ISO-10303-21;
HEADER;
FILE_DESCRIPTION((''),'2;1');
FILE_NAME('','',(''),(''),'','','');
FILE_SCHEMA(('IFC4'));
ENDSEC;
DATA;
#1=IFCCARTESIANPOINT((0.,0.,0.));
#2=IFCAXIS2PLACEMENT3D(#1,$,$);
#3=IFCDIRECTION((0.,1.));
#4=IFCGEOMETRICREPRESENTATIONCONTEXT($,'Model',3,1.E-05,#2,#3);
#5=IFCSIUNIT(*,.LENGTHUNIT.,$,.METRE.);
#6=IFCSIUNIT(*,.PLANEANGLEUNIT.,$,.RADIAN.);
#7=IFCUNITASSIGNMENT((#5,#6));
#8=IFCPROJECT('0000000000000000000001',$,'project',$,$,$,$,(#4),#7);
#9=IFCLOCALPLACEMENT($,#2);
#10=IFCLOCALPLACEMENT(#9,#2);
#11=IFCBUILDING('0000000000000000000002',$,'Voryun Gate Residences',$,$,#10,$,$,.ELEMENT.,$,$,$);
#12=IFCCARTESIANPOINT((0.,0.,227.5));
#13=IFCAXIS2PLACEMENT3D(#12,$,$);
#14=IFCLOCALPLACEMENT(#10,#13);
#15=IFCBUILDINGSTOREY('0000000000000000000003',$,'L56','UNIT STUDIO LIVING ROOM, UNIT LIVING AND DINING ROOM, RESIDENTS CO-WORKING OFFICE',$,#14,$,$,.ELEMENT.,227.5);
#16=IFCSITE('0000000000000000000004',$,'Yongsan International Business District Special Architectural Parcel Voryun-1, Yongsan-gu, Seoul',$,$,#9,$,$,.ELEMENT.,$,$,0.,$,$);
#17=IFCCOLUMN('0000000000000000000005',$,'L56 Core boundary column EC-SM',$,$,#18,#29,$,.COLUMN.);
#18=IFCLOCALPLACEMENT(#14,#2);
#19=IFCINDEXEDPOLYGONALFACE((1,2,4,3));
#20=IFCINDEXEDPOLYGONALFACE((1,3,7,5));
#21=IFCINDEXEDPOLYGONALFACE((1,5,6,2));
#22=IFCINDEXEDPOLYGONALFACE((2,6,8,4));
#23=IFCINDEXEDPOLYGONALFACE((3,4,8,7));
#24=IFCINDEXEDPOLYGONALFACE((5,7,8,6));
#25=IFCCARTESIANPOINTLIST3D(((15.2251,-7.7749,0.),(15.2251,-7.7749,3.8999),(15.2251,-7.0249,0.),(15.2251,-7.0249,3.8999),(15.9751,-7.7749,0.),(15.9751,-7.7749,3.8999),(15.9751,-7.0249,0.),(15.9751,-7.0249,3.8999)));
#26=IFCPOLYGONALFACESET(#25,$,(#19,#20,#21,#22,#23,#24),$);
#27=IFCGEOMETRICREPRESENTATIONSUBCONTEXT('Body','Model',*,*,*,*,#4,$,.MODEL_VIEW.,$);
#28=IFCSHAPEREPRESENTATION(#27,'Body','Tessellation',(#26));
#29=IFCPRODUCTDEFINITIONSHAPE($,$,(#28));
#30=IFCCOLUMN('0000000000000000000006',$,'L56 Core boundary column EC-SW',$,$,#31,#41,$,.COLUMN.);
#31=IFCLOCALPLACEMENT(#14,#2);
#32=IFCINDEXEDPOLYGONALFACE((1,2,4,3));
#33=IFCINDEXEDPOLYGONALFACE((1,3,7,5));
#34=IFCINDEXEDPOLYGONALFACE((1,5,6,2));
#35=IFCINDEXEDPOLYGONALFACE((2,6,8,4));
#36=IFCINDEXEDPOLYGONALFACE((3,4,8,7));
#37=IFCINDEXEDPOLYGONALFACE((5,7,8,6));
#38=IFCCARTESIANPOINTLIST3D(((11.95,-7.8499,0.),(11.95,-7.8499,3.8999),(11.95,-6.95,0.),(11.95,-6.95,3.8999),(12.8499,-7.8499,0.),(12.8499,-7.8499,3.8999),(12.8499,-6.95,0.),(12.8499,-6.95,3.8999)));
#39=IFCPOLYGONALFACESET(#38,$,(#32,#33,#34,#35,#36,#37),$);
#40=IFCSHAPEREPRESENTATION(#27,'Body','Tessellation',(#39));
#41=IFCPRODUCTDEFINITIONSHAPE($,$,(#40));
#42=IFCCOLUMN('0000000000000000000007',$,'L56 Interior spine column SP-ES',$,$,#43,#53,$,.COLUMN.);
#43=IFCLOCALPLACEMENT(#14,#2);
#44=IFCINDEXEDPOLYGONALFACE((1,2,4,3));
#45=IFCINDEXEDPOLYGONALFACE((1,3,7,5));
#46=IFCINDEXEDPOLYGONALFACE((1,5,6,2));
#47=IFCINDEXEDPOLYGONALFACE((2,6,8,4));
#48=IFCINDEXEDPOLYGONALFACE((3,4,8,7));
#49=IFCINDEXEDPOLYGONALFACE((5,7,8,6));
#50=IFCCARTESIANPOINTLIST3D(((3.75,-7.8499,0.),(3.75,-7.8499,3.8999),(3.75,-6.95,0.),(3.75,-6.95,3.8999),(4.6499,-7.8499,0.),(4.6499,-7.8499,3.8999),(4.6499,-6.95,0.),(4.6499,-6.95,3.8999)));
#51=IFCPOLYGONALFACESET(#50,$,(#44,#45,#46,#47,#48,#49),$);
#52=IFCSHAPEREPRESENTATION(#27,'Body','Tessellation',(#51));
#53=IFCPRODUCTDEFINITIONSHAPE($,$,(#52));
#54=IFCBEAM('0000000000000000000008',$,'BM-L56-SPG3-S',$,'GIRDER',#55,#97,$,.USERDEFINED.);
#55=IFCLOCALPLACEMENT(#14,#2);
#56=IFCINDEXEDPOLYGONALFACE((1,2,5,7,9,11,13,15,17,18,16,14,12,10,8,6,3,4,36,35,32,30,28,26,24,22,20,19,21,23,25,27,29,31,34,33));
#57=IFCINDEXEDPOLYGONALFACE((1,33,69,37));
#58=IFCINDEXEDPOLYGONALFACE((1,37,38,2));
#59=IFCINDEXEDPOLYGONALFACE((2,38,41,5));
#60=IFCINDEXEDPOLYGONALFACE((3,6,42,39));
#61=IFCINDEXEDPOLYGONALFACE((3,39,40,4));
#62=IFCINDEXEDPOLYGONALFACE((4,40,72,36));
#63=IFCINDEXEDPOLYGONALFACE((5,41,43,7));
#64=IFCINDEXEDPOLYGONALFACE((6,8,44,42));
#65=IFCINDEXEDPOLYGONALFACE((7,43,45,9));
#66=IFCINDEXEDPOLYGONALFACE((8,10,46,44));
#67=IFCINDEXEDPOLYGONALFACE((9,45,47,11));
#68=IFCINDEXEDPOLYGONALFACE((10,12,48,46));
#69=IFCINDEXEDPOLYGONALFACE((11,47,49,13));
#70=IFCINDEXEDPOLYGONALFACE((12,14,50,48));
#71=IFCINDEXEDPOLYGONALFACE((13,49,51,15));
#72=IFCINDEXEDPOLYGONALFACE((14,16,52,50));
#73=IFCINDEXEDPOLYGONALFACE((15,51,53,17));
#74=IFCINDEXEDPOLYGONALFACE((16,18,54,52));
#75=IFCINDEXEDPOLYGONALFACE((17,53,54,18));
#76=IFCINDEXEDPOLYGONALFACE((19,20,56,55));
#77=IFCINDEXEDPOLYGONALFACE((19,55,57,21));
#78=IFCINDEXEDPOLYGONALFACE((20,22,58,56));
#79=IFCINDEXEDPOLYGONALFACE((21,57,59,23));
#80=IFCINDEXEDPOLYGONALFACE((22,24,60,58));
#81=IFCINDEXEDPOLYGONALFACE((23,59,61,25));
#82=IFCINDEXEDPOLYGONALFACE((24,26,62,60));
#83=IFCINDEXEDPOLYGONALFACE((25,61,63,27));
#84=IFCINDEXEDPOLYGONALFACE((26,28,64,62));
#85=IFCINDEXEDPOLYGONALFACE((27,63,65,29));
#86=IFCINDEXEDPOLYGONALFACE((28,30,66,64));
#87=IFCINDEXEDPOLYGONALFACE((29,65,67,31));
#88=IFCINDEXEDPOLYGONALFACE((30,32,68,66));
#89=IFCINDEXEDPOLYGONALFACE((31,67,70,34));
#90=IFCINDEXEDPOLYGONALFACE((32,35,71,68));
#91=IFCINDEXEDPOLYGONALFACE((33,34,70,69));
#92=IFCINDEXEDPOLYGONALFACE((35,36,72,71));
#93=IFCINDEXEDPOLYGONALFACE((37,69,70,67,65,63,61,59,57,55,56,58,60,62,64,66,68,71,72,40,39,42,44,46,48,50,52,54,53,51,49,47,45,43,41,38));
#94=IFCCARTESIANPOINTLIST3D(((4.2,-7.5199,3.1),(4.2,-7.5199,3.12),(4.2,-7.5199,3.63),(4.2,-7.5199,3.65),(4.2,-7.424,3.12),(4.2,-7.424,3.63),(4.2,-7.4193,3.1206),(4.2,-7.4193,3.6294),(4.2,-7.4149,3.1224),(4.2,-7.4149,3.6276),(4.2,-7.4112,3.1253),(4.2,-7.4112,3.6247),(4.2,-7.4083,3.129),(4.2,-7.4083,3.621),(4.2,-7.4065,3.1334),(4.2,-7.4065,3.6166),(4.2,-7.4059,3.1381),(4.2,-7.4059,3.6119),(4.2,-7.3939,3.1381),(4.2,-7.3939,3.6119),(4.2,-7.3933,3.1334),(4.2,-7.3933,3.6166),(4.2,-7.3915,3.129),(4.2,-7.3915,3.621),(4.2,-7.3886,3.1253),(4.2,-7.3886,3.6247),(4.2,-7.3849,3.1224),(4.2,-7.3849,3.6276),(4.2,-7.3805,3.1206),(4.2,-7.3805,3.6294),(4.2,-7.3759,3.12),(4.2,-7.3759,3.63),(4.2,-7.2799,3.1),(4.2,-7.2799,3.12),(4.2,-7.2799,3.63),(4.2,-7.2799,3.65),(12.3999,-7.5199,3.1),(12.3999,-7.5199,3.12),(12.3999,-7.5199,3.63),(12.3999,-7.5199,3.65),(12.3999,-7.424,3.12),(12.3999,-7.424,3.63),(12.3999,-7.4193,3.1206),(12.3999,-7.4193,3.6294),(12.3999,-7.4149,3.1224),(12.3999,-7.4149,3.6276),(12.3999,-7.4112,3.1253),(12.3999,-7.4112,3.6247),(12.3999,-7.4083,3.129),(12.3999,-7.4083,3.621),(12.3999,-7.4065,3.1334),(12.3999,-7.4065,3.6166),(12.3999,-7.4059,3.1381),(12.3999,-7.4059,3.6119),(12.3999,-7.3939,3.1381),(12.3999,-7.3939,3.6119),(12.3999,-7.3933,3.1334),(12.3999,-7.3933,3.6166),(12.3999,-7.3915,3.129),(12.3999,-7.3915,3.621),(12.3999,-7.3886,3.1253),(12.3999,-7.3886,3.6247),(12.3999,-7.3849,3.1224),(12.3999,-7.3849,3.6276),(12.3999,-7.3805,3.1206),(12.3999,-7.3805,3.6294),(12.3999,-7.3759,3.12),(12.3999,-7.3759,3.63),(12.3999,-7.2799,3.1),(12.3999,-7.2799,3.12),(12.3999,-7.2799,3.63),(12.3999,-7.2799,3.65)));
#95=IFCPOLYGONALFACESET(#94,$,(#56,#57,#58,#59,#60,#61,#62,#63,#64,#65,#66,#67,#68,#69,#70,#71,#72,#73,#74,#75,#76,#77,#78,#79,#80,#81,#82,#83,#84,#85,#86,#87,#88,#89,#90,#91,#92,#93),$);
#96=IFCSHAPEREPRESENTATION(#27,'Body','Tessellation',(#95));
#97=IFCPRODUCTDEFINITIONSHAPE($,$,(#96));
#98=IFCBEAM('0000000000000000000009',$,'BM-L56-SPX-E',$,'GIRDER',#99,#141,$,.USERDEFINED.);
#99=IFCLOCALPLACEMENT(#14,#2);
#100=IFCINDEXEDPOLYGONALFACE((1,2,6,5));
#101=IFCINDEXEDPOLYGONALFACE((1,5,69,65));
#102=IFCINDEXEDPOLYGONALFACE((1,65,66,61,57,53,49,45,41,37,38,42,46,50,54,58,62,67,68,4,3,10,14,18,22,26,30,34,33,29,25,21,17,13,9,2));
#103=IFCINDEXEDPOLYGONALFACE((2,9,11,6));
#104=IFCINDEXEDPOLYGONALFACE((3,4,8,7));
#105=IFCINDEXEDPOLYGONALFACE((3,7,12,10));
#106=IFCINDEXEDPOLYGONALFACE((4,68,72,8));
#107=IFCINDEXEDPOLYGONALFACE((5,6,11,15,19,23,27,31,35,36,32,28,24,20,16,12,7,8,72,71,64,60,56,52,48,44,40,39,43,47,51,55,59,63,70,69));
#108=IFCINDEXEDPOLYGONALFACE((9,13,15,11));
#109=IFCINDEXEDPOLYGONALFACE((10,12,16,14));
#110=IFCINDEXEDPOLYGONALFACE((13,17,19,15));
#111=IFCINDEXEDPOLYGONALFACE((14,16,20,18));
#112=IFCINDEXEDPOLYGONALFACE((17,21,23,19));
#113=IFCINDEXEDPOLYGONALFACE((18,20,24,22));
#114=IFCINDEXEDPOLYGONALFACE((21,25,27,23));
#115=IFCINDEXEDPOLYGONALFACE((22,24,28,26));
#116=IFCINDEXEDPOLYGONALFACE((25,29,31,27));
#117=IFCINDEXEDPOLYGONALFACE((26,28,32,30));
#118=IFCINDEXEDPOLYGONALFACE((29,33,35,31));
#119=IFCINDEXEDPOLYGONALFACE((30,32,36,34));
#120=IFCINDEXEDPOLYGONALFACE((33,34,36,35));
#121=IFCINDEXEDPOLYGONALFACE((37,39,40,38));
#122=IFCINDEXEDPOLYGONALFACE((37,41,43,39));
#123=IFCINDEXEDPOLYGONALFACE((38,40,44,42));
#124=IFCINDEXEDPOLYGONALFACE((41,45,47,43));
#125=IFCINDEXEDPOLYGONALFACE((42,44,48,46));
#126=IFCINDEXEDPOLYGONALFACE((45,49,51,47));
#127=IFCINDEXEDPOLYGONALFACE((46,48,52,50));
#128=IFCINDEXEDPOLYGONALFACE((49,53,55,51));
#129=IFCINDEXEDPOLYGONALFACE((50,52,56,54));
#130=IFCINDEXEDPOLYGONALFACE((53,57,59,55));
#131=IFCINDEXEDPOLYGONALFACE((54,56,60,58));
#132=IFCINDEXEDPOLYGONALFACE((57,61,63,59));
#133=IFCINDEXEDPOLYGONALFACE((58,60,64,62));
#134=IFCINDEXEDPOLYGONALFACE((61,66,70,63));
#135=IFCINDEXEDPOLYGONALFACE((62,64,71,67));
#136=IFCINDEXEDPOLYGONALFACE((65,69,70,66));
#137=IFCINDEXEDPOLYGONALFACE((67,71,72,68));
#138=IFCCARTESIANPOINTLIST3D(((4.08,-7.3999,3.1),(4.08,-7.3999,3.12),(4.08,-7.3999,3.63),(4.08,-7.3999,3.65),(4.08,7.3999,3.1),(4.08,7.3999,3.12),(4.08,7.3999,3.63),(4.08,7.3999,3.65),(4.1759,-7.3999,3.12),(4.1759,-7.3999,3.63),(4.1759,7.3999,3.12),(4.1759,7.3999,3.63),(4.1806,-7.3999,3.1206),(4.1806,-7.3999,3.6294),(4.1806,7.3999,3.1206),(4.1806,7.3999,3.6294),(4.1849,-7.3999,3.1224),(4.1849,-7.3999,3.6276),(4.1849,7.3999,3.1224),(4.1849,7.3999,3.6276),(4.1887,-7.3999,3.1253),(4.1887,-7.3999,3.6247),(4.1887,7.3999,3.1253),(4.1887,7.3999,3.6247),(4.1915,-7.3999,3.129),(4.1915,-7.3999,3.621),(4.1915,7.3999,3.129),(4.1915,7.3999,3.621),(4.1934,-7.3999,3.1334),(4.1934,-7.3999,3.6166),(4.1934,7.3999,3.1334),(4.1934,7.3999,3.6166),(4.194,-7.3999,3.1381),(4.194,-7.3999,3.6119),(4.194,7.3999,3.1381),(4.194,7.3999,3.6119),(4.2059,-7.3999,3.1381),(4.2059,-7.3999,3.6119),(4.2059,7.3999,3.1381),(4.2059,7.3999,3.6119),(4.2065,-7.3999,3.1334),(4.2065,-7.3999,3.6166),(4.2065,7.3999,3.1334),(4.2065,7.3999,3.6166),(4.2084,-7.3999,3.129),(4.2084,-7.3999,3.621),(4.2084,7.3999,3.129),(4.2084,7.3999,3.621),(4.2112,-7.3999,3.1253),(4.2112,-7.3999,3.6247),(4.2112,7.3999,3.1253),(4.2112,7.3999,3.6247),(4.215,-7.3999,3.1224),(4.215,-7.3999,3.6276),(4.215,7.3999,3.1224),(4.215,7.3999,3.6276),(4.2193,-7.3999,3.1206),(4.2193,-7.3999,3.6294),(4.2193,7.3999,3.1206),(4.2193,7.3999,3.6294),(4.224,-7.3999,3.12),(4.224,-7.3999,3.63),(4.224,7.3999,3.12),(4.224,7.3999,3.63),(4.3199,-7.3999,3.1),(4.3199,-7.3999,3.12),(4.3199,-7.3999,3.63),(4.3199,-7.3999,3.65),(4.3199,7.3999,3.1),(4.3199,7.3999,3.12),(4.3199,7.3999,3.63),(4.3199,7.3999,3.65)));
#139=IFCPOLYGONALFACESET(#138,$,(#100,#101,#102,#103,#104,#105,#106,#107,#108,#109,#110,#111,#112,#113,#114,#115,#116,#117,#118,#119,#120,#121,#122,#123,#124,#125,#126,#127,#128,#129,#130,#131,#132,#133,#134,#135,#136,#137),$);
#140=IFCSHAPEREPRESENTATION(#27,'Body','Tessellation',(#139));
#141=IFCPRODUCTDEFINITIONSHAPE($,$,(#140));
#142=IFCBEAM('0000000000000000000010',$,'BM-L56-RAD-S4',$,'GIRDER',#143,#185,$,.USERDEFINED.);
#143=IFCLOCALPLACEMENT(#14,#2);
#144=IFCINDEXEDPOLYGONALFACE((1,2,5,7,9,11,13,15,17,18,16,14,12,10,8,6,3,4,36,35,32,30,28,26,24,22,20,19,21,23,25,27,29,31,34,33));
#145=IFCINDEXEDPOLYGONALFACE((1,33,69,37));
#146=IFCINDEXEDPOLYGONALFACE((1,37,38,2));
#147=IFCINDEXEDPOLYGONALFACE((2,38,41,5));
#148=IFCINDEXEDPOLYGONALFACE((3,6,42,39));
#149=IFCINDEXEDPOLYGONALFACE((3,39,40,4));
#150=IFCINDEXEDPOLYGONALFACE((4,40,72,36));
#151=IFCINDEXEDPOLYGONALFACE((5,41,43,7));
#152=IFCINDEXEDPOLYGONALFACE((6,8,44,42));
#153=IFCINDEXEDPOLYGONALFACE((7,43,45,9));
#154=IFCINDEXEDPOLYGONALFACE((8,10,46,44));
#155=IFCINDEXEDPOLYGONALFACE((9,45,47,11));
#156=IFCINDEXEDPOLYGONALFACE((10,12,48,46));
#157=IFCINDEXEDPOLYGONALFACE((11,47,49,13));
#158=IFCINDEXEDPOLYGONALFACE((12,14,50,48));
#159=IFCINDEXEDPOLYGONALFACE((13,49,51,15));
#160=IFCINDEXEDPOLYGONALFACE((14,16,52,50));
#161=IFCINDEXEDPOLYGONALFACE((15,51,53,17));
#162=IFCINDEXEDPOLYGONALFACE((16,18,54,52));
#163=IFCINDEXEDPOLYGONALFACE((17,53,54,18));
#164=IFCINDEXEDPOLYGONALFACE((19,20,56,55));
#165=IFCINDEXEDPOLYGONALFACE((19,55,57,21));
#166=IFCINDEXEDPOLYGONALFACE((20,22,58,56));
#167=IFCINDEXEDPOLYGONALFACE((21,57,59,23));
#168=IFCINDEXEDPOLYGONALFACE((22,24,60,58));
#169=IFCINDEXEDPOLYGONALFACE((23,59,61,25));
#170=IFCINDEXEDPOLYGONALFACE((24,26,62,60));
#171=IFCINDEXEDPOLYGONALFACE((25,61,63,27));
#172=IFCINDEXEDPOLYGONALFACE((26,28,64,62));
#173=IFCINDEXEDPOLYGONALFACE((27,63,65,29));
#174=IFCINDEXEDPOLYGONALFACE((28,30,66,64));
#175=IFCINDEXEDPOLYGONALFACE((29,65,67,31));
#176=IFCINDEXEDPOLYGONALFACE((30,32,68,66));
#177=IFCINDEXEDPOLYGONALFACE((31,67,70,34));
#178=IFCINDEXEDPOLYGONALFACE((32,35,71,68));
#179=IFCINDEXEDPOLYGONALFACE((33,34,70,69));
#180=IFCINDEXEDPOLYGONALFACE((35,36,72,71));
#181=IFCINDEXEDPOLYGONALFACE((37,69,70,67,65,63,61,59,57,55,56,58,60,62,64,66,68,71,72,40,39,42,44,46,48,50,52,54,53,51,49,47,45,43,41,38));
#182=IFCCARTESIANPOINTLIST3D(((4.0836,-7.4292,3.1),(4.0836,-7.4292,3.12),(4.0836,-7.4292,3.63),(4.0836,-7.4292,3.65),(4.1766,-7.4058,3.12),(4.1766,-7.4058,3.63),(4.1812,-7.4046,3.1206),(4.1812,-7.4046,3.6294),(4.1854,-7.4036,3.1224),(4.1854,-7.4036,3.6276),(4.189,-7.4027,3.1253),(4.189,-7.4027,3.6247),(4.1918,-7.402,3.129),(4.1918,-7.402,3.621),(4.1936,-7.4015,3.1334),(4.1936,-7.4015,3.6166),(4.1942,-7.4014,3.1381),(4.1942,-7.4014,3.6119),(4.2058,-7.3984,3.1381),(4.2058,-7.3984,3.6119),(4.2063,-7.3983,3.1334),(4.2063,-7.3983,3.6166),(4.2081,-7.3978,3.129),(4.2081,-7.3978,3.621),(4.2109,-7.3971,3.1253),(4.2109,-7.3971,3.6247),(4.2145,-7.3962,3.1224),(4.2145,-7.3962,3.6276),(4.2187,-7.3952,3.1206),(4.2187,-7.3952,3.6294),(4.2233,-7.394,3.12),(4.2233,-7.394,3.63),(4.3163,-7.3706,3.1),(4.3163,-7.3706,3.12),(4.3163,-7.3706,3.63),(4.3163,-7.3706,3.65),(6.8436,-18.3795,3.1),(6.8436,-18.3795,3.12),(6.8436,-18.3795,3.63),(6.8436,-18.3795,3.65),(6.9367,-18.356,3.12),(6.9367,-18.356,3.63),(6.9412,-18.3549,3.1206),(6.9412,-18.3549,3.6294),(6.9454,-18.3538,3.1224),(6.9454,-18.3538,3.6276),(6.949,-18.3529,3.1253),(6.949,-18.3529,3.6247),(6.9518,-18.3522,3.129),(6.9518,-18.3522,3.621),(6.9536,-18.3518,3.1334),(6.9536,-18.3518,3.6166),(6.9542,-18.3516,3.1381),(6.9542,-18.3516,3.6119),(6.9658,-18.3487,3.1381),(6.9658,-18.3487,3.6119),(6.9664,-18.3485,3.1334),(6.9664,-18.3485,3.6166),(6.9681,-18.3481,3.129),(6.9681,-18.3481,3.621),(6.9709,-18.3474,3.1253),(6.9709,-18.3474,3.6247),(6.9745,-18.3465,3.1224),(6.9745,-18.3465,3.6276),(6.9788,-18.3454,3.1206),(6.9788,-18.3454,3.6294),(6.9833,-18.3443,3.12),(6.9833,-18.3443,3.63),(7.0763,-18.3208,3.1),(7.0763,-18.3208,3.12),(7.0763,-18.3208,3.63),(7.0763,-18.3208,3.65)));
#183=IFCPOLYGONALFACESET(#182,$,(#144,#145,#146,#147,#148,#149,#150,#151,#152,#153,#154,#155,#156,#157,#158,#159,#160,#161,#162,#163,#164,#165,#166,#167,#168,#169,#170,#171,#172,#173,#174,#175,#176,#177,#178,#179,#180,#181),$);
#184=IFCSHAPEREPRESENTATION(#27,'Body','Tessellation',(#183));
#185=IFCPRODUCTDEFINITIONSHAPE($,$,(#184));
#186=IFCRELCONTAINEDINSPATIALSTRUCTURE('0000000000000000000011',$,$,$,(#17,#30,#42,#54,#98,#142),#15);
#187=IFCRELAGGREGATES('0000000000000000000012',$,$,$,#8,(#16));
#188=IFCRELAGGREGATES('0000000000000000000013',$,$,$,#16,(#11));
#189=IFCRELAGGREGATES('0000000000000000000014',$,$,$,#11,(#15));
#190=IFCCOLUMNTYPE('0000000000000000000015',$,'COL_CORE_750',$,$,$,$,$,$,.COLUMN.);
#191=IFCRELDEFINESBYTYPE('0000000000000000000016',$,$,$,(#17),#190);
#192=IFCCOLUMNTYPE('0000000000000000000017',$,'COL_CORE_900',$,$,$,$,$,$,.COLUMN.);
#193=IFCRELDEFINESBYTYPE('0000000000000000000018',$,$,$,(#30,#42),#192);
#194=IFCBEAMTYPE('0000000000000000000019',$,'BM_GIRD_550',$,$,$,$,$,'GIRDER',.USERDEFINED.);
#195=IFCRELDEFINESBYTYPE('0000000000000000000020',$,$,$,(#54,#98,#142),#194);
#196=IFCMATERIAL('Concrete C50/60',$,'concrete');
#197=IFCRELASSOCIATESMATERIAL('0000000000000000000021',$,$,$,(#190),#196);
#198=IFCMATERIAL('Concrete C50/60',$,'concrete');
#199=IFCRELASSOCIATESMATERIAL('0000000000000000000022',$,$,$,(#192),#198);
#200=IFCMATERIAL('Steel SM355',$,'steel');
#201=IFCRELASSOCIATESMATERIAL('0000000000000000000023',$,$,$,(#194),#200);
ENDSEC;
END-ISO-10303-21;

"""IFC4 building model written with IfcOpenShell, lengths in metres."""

from ifc_helpers import new_model, si_unit, direction, frame, origin, origin_2d, place, context, subcontext, project, spatial, rectangle, i_section, extrude, material, material_profile, profile_set, type_object, element, save


model = new_model("IFC4")

# Units and contexts
model_context = context("Model", 3, precision=1e-05, world=origin(), true_north=direction((0.0, 1.0)))
body_context = subcontext(model_context, "Body", "Model", "MODEL_VIEW")
ifc_project = project(units=[si_unit("LENGTHUNIT", "METRE"), si_unit("PLANEANGLEUNIT", "RADIAN")], contexts=[model_context])

# Site, building, storey
site_placement = place(None, origin())
site = spatial("IfcSite", under=ifc_project, at=site_placement, Name="Yongsan International Business District Special Architectural Parcel Voryun-1, Yongsan-gu, Seoul", CompositionType="ELEMENT", RefElevation=0.0)
building_placement = place(site_placement, origin())
building = spatial("IfcBuilding", under=site, at=building_placement, Name="Voryun Gate Residences", CompositionType="ELEMENT")
storey_placement = place(building_placement, frame((0.0, 0.0, 227.5)))
storey = spatial("IfcBuildingStorey", under=building, at=storey_placement, Name="L56", Description="UNIT STUDIO LIVING ROOM, UNIT LIVING AND DINING ROOM, RESIDENTS CO-WORKING OFFICE", CompositionType="ELEMENT", Elevation=227.5)

# Columns
ifc_material_1 = material(Name="Concrete C50/60", Category="concrete")
ifc_material_profile_1 = material_profile(ifc_material_1, rectangle(XDim=0.75, YDim=0.75, at=origin_2d()), Name="RC-750x750")
ifc_profile_set_1 = profile_set([ifc_material_profile_1], Name="Concrete C50/60")
column_type_1 = type_object("IfcColumnType", Name="COL_CORE_750", PredefinedType="COLUMN", material=ifc_profile_set_1)
column_placement = place(storey_placement, frame((15.6001, -7.3999, 0.0), z_axis=(0.0, 0.0, 1.0), x_axis=(1.0, 0.0, 0.0)))
element("IfcColumn", 1, at=column_placement, inside=storey, type_object=column_type_1, Name="L56 Core boundary column EC-SM", PredefinedType="COLUMN", context=body_context, shape_type="SweptSolid", body=[
    extrude(rectangle(XDim=0.75, YDim=0.75, at=origin_2d()), origin(), (0.0, 0.0, 1.0), 3.8999),
])
ifc_material_2 = material(Name="Concrete C50/60", Category="concrete")
ifc_material_profile_2 = material_profile(ifc_material_2, rectangle(XDim=0.8999, YDim=0.8999, at=origin_2d()), Name="RC-900x900")
ifc_profile_set_2 = profile_set([ifc_material_profile_2], Name="Concrete C50/60")
column_type_2 = type_object("IfcColumnType", Name="COL_CORE_900", PredefinedType="COLUMN", material=ifc_profile_set_2)
for number, where, z_axis, x_axis, name in (
    (2, (12.3999, -7.3999, 0.0), (0.0, 0.0, 1.0), (1.0, 0.0, 0.0), "L56 Core boundary column EC-SW"),
    (3, (4.2, -7.3999, 0.0), (0.0, 0.0, 1.0), (1.0, 0.0, 0.0), "L56 Interior spine column SP-ES"),
):
    element("IfcColumn", number, at=place(storey_placement, frame(where, z_axis=z_axis, x_axis=x_axis)), inside=storey, type_object=column_type_2, Name=name, PredefinedType="COLUMN", context=body_context, shape_type="SweptSolid", body=[
        extrude(rectangle(XDim=0.8999, YDim=0.8999, at=origin_2d()), origin(), (0.0, 0.0, 1.0), 3.8999),
    ])

# Beams
ifc_material_3 = material(Name="Steel SM355", Category="steel")
ifc_material_profile_3 = material_profile(ifc_material_3, i_section(OverallWidth=0.24, OverallDepth=0.55, WebThickness=0.012, FlangeThickness=0.02, FilletRadius=0.0181, at=origin_2d()), Name="H-550x240x12x20")
ifc_profile_set_3 = profile_set([ifc_material_profile_3], Name="Steel SM355")
beam_type_1 = type_object("IfcBeamType", Name="BM_GIRD_550", ElementType="GIRDER", PredefinedType="USERDEFINED", material=ifc_profile_set_3)
beam_1_placement = place(storey_placement, frame((4.2, -7.3999, 3.375), z_axis=(1.0, 0.0, 0.0), x_axis=(0.0, 1.0, 0.0)))
element("IfcBeam", 4, at=beam_1_placement, inside=storey, type_object=beam_type_1, Name="BM-L56-SPG3-S", ObjectType="GIRDER", PredefinedType="USERDEFINED", context=body_context, shape_type="SweptSolid", body=[
    extrude(i_section(OverallWidth=0.24, OverallDepth=0.55, WebThickness=0.012, FlangeThickness=0.02, FilletRadius=0.0181, at=origin_2d()), origin(), (0.0, 0.0, 1.0), 8.2),
])
beam_2_placement = place(storey_placement, frame((4.2, -7.3999, 3.375), z_axis=(0.0, 1.0, 0.0), x_axis=(-1.0, 0.0, 0.0)))
element("IfcBeam", 5, at=beam_2_placement, inside=storey, type_object=beam_type_1, Name="BM-L56-SPX-E", ObjectType="GIRDER", PredefinedType="USERDEFINED", context=body_context, shape_type="SweptSolid", body=[
    extrude(i_section(OverallWidth=0.24, OverallDepth=0.55, WebThickness=0.012, FlangeThickness=0.02, FilletRadius=0.0181, at=origin_2d()), origin(), (0.0, 0.0, 1.0), 14.7998),
])
beam_3_placement = place(storey_placement, frame((4.2, -7.3999, 3.375), z_axis=(0.244407, -0.969673, 0.0), x_axis=(0.969673, 0.244407, 0.0)))
element("IfcBeam", 6, at=beam_3_placement, inside=storey, type_object=beam_type_1, Name="BM-L56-RAD-S4", ObjectType="GIRDER", PredefinedType="USERDEFINED", context=body_context, shape_type="SweptSolid", body=[
    extrude(i_section(OverallWidth=0.24, OverallDepth=0.55, WebThickness=0.012, FlangeThickness=0.02, FilletRadius=0.0181, at=origin_2d()), origin(), (0.0, 0.0, 1.0), 11.2927),
])

save(model, "model.ifc")
